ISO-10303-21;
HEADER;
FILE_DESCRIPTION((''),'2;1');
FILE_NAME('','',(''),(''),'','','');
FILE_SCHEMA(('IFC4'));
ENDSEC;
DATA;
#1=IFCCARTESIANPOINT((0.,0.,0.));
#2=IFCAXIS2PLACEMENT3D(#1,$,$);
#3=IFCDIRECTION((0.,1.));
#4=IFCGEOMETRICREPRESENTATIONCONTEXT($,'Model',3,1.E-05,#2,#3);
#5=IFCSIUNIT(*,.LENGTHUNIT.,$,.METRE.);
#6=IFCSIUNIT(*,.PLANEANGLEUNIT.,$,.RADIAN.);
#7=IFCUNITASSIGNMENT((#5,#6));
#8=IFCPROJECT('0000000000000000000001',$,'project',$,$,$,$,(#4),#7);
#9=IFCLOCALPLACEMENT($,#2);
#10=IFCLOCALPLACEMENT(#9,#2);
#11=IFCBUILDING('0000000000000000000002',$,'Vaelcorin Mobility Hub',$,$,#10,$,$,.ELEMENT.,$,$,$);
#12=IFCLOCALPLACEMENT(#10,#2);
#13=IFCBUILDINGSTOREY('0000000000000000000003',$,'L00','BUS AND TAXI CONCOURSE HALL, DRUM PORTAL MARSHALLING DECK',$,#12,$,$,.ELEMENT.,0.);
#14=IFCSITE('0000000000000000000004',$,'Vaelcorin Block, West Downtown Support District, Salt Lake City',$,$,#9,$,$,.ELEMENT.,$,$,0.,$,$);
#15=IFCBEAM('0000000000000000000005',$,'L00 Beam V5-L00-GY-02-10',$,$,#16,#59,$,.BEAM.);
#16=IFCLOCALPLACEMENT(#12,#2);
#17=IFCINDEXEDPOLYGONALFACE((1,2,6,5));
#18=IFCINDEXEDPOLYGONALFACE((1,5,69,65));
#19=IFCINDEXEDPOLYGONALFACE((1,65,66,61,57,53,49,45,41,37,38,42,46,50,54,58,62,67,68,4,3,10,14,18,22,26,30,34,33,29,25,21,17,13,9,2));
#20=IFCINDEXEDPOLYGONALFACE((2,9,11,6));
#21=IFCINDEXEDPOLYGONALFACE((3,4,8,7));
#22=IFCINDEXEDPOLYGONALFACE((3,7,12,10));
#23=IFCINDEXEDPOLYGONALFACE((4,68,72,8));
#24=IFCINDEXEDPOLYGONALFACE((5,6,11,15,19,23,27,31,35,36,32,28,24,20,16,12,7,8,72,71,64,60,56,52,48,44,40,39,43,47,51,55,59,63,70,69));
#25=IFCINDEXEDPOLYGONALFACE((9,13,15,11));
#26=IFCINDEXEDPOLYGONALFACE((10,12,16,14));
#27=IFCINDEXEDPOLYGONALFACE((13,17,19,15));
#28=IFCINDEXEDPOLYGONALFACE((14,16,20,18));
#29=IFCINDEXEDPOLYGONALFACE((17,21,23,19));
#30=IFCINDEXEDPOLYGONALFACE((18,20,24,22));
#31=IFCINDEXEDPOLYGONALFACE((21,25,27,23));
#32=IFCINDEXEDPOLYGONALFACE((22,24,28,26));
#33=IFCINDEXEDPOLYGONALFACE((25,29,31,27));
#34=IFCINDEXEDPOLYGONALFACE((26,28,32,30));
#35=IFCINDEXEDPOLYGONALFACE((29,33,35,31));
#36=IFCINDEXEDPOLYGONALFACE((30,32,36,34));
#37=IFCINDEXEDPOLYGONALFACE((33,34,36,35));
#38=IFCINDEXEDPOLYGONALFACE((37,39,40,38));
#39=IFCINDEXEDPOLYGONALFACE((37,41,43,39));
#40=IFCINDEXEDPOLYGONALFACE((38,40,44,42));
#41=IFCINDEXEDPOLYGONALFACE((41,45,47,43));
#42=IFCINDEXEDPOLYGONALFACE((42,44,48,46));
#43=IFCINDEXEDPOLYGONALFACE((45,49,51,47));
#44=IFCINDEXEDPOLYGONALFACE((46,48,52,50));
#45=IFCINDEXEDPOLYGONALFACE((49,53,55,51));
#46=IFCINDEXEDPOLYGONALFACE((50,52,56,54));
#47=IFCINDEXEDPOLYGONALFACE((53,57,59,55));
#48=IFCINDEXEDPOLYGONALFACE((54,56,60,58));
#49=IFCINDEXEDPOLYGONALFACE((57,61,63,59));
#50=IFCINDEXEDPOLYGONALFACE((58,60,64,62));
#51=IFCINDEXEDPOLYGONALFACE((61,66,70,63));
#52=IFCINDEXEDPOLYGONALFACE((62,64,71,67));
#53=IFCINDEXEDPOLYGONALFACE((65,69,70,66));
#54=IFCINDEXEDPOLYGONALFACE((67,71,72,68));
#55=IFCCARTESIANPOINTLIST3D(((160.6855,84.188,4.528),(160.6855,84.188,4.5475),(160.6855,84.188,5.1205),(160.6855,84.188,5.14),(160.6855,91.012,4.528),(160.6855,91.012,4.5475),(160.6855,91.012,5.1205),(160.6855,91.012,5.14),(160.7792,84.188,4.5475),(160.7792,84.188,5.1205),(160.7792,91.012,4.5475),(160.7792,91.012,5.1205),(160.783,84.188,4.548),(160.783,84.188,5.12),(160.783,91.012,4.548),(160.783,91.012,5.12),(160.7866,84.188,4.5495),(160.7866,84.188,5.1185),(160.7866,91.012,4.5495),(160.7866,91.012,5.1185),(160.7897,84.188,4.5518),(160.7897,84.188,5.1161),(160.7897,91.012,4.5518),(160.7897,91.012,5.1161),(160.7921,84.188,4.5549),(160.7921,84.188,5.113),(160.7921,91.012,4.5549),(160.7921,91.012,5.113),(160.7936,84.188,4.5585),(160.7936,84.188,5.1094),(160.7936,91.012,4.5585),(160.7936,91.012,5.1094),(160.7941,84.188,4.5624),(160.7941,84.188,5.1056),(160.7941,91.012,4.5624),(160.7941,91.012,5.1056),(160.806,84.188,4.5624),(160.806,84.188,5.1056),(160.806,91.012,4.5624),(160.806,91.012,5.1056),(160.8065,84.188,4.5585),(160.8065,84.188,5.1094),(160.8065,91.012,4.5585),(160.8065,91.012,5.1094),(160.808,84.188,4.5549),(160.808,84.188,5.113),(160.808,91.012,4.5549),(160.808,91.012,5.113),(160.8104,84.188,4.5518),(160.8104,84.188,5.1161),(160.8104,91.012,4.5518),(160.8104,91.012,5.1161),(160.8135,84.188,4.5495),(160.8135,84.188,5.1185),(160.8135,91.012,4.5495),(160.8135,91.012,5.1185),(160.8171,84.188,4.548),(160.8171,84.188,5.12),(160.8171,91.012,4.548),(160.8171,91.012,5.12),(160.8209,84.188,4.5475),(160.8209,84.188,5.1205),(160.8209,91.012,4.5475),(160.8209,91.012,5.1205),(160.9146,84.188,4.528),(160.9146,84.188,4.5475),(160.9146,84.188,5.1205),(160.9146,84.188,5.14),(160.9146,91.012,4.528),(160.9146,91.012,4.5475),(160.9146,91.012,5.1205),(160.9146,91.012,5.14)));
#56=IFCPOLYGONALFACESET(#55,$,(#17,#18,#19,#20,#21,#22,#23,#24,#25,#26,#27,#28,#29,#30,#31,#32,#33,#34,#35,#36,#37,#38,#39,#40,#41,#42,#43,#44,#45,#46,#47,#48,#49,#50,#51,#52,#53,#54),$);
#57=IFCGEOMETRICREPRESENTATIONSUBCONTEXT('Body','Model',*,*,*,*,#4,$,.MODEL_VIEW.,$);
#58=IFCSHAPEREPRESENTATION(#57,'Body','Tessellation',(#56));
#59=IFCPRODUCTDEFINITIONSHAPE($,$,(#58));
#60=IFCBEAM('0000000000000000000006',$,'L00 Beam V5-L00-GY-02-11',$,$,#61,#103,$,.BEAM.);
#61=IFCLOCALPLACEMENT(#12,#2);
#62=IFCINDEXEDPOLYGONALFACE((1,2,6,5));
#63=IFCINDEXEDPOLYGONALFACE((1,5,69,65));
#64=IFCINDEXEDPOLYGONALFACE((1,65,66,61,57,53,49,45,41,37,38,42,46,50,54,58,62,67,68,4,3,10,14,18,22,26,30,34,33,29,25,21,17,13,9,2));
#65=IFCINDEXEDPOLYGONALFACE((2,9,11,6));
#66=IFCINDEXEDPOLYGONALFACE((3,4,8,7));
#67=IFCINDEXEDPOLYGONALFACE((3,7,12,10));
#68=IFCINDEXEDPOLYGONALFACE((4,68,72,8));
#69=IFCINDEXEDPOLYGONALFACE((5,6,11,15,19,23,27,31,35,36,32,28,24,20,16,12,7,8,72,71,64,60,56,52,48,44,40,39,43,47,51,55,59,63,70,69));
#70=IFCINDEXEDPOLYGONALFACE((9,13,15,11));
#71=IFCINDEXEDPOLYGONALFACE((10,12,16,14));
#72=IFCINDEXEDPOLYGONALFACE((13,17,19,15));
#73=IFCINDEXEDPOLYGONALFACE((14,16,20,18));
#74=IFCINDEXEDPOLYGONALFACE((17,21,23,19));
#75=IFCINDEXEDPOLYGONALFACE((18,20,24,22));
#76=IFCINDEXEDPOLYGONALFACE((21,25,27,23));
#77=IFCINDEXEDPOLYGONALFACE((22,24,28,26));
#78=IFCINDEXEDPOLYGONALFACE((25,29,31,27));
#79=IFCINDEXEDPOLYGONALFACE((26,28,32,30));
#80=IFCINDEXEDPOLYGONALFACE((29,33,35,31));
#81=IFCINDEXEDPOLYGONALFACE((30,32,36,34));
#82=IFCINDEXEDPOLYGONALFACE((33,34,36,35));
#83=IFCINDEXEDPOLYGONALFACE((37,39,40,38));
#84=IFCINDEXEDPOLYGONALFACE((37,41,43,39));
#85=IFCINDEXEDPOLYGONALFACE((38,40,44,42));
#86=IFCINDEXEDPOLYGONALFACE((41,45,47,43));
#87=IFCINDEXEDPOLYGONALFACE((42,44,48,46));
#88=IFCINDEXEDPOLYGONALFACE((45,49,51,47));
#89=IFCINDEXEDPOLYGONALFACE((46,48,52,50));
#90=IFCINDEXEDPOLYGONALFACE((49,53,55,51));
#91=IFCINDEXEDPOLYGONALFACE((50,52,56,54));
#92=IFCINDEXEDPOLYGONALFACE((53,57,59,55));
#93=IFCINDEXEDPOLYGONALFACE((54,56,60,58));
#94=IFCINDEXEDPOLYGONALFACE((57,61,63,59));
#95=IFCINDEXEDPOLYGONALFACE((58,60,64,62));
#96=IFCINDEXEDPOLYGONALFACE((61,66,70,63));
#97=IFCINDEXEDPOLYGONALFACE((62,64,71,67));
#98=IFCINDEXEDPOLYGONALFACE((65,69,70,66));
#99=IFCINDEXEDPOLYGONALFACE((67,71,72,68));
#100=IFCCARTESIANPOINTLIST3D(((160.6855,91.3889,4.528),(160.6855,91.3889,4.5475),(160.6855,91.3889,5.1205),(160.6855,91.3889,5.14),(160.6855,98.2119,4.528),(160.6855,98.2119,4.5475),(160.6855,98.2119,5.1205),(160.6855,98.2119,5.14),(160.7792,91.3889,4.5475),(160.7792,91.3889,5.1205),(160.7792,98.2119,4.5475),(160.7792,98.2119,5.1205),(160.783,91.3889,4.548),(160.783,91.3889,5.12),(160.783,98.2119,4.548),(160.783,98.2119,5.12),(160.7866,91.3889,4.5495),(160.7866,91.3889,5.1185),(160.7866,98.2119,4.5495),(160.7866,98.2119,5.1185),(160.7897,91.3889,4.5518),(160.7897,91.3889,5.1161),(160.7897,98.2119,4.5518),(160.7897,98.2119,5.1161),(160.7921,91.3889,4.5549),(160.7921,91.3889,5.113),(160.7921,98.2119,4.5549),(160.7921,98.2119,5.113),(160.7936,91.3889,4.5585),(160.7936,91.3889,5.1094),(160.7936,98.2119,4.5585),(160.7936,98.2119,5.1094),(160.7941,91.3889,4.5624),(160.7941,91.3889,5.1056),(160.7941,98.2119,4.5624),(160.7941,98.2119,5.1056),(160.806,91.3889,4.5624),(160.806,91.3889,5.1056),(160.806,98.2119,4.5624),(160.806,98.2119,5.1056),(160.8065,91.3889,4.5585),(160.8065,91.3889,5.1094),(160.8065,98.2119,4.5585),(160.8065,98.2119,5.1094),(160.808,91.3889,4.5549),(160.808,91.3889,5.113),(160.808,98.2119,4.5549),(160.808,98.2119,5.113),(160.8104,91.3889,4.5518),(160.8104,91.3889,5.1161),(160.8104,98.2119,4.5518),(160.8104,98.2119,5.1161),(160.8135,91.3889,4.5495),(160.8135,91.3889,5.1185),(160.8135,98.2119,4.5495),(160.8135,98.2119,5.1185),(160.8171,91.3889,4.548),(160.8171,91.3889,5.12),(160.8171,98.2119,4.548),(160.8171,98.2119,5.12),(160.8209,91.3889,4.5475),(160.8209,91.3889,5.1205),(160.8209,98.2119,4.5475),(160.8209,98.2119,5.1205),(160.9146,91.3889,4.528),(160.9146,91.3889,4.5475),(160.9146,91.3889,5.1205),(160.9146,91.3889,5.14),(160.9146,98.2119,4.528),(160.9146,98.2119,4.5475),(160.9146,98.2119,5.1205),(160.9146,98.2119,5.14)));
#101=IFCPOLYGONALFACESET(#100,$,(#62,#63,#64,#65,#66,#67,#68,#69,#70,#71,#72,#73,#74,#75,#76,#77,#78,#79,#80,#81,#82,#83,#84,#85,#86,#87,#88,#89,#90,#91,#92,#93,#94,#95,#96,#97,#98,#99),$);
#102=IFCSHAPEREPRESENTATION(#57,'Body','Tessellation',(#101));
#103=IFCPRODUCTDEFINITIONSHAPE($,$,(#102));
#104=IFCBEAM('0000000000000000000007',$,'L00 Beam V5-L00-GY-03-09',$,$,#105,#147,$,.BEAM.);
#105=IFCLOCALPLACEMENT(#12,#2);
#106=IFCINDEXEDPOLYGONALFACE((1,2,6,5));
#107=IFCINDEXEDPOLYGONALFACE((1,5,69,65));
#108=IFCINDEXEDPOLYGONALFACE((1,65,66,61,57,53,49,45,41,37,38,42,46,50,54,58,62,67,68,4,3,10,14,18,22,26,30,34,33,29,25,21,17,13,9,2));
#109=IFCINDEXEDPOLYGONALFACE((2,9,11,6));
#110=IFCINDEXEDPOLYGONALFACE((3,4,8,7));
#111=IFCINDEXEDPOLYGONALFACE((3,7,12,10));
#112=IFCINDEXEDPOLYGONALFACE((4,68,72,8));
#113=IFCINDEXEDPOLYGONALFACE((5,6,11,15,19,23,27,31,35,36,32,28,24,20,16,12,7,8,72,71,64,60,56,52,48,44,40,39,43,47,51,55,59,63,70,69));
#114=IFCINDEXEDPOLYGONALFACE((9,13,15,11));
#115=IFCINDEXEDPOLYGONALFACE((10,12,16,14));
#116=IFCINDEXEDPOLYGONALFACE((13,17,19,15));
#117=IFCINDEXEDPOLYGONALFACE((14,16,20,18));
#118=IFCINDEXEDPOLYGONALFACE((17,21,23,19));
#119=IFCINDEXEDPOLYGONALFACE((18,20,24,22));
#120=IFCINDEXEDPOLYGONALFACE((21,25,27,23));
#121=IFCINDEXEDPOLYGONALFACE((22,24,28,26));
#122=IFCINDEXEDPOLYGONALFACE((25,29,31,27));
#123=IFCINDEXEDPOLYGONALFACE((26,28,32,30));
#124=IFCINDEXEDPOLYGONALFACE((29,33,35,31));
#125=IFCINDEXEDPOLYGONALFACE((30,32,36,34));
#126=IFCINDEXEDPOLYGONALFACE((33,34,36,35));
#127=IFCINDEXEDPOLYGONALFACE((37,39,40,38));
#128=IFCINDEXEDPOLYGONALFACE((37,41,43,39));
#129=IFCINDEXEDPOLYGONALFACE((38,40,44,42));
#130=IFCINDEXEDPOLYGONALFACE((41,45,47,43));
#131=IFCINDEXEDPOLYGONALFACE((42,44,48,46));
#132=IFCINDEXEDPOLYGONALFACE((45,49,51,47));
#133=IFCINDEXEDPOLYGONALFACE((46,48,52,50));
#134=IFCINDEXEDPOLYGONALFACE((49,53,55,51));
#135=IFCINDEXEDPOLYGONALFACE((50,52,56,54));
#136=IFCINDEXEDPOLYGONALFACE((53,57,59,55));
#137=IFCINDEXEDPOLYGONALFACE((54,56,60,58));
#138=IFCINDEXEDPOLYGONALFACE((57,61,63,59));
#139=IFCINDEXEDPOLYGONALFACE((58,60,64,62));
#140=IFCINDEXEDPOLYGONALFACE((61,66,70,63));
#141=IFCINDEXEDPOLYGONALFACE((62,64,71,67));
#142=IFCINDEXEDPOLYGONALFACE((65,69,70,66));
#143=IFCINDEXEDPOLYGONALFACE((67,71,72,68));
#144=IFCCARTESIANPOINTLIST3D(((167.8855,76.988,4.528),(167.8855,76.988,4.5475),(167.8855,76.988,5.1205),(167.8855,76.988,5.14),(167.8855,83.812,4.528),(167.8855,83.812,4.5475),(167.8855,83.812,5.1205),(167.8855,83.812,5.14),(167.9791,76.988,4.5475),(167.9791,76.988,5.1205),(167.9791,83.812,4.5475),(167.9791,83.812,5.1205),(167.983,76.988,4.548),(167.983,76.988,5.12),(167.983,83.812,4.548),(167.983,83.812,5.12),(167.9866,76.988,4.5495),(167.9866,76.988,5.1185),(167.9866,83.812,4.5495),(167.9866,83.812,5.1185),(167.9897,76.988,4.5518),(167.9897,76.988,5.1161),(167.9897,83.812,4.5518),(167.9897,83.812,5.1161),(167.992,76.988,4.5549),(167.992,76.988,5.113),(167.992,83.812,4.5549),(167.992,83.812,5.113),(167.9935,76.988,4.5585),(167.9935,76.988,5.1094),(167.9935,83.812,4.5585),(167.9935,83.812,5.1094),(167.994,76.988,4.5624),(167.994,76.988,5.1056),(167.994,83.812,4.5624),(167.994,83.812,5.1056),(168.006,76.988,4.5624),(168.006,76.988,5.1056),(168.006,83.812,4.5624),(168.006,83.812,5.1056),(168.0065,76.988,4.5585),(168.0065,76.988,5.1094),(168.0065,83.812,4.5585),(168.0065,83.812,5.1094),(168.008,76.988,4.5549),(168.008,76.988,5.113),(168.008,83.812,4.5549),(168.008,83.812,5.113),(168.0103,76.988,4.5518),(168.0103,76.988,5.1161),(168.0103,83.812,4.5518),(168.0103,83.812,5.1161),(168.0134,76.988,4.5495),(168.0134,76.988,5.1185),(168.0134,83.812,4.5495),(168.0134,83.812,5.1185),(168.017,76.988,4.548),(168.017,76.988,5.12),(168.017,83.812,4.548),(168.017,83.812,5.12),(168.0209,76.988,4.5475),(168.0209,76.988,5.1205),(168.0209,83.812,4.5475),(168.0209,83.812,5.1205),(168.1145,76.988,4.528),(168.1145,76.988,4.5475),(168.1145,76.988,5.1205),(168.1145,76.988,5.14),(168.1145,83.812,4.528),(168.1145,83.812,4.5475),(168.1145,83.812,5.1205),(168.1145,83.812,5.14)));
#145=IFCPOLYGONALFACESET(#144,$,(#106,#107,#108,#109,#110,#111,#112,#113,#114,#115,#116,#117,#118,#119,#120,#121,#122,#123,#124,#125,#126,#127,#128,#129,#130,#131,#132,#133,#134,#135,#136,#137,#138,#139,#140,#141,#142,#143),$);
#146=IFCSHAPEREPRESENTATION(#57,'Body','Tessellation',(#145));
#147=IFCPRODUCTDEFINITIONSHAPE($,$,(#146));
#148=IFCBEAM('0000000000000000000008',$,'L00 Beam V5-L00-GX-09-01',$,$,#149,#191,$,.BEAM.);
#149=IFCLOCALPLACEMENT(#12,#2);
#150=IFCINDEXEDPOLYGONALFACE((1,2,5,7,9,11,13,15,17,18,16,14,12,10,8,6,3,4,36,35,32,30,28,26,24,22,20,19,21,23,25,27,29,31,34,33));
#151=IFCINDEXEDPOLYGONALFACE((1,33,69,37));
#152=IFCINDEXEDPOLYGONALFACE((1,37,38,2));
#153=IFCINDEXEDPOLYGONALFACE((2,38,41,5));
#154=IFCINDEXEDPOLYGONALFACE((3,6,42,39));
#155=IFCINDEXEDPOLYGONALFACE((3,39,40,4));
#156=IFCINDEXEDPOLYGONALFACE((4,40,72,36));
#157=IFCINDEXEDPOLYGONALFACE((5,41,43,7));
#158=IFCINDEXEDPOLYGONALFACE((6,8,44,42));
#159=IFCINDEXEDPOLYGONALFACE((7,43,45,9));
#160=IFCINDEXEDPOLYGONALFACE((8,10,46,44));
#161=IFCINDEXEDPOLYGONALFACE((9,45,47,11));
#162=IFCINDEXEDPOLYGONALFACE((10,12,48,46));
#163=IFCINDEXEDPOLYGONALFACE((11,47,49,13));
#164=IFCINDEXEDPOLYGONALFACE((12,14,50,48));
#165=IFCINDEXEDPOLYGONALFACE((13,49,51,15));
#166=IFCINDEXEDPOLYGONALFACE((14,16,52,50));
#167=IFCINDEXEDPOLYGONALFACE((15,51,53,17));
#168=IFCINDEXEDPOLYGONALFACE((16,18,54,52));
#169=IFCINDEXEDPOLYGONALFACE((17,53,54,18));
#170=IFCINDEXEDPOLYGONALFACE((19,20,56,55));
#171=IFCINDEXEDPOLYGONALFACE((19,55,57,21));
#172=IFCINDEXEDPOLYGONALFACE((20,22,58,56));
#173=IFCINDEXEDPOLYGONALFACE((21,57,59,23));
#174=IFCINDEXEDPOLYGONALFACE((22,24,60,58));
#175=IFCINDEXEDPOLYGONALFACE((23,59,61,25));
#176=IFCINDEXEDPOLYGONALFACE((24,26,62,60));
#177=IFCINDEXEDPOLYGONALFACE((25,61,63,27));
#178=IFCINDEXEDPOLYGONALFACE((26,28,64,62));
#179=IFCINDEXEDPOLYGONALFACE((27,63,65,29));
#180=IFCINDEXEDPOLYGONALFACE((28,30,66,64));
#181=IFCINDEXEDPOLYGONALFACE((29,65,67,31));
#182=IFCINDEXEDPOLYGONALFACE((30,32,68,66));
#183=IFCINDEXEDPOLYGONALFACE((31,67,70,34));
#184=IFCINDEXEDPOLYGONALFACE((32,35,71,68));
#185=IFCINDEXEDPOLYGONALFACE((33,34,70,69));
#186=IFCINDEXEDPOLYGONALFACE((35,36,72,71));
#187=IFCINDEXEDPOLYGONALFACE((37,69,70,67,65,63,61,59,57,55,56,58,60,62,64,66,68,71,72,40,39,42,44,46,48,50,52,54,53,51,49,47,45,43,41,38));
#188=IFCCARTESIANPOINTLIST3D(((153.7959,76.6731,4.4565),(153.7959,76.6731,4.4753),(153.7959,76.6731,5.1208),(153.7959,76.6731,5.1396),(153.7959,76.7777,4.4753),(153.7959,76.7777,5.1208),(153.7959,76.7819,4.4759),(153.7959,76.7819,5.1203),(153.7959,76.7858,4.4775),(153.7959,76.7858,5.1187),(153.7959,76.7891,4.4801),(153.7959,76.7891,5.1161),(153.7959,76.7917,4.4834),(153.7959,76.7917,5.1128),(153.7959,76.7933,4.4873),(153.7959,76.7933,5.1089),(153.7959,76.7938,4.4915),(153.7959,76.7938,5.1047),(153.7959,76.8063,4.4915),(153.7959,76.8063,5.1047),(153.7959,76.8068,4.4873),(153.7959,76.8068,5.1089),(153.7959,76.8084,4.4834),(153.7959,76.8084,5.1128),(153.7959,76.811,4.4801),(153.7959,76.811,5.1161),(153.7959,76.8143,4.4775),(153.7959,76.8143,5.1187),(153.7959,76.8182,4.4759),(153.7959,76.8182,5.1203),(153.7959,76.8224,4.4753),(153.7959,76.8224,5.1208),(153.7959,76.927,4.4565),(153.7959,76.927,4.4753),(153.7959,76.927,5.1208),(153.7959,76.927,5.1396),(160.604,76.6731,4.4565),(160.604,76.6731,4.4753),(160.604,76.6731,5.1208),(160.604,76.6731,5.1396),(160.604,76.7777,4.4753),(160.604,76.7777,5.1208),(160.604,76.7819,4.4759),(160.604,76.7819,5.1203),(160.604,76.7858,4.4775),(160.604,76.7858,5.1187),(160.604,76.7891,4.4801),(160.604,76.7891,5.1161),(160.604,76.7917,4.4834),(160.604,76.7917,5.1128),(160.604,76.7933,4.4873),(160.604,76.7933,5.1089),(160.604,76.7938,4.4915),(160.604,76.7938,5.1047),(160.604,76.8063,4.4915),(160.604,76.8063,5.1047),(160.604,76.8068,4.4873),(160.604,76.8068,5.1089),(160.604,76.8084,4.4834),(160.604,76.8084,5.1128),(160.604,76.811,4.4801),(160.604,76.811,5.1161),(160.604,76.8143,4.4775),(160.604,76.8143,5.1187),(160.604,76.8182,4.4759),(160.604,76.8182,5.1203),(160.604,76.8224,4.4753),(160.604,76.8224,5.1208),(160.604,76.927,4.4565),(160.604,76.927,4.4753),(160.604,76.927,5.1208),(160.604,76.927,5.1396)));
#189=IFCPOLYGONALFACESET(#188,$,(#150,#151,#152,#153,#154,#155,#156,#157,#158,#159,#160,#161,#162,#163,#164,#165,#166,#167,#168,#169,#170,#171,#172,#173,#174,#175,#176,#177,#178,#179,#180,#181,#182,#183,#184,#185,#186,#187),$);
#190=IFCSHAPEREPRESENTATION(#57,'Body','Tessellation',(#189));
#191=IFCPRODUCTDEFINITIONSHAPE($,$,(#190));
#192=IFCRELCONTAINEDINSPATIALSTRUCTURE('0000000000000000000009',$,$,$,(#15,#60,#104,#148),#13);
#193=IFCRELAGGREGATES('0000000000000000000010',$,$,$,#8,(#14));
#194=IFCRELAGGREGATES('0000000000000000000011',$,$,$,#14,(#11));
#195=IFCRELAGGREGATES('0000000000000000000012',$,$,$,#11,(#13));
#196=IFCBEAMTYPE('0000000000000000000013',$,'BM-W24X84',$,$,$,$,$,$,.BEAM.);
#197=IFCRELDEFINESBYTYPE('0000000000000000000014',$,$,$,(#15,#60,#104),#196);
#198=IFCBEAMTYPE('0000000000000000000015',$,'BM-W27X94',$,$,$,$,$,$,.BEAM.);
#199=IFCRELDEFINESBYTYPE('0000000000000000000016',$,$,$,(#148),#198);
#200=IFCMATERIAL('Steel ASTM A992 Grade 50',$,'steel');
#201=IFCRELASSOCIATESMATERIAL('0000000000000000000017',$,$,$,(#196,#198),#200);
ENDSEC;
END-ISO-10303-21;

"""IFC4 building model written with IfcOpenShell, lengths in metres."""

from ifc_helpers import new_model, si_unit, direction, frame, origin, origin_2d, place, context, subcontext, project, spatial, i_section, extrude, material, material_profile, profile_set, type_object, element, save


model = new_model("IFC4")

# Units and contexts
model_context = context("Model", 3, precision=1e-05, world=origin(), true_north=direction((0.0, 1.0)))
body_context = subcontext(model_context, "Body", "Model", "MODEL_VIEW")
ifc_project = project(units=[si_unit("LENGTHUNIT", "METRE"), si_unit("PLANEANGLEUNIT", "RADIAN")], contexts=[model_context])

# Site, building, storey
site_placement = place(None, origin())
site = spatial("IfcSite", under=ifc_project, at=site_placement, Name="Vaelcorin Block, West Downtown Support District, Salt Lake City", CompositionType="ELEMENT", RefElevation=0.0)
building_placement = place(site_placement, origin())
building = spatial("IfcBuilding", under=site, at=building_placement, Name="Vaelcorin Mobility Hub", CompositionType="ELEMENT")
storey_placement = place(building_placement, origin())
storey = spatial("IfcBuildingStorey", under=building, at=storey_placement, Name="L00", Description="BUS AND TAXI CONCOURSE HALL, DRUM PORTAL MARSHALLING DECK", CompositionType="ELEMENT", Elevation=0.0)

# Shared definitions
ifc_material_1 = material(Name="Steel ASTM A992 Grade 50", Category="steel")

# Beams
ifc_material_profile_1 = material_profile(ifc_material_1, i_section(OverallWidth=0.229, OverallDepth=0.6121, WebThickness=0.012, FlangeThickness=0.0195, FilletRadius=0.0149, at=origin_2d()), Name="W24X84")
ifc_profile_set_1 = profile_set([ifc_material_profile_1], Name="Steel ASTM A992 Grade 50")
beam_type_1 = type_object("IfcBeamType", Name="BM-W24X84", PredefinedType="BEAM", material=ifc_profile_set_1)
for number, where, z_axis, x_axis, name in (
    (1, (160.8, 84.188, 4.834), (0.0, 1.0, 0.0), (-1.0, 0.0, 0.0), "L00 Beam V5-L00-GY-02-10"),
):
    element("IfcBeam", number, at=place(storey_placement, frame(where, z_axis=z_axis, x_axis=x_axis)), inside=storey, type_object=beam_type_1, Name=name, PredefinedType="BEAM", context=body_context, shape_type="SweptSolid", body=[
        extrude(i_section(OverallWidth=0.229, OverallDepth=0.6121, WebThickness=0.012, FlangeThickness=0.0195, FilletRadius=0.0149, at=origin_2d()), origin(), (0.0, 0.0, 1.0), 6.824),
    ])
beam_1_placement = place(storey_placement, frame((160.8, 91.3889, 4.834), z_axis=(0.0, 1.0, 0.0), x_axis=(-1.0, 0.0, 0.0)))
element("IfcBeam", 2, at=beam_1_placement, inside=storey, type_object=beam_type_1, Name="L00 Beam V5-L00-GY-02-11", PredefinedType="BEAM", context=body_context, shape_type="SweptSolid", body=[
    extrude(i_section(OverallWidth=0.229, OverallDepth=0.6121, WebThickness=0.012, FlangeThickness=0.0195, FilletRadius=0.0149, at=origin_2d()), origin(), (0.0, 0.0, 1.0), 6.823),
])
beam_2_placement = place(storey_placement, frame((168.0, 76.988, 4.834), z_axis=(0.0, 1.0, 0.0), x_axis=(-1.0, 0.0, 0.0)))
element("IfcBeam", 3, at=beam_2_placement, inside=storey, type_object=beam_type_1, Name="L00 Beam V5-L00-GY-03-09", PredefinedType="BEAM", context=body_context, shape_type="SweptSolid", body=[
    extrude(i_section(OverallWidth=0.229, OverallDepth=0.6121, WebThickness=0.012, FlangeThickness=0.0195, FilletRadius=0.0149, at=origin_2d()), origin(), (0.0, 0.0, 1.0), 6.824),
])
ifc_material_profile_2 = material_profile(ifc_material_1, i_section(OverallWidth=0.2539, OverallDepth=0.6831, WebThickness=0.0125, FlangeThickness=0.0188, FilletRadius=0.0161, at=origin_2d()), Name="W27X94")
ifc_profile_set_2 = profile_set([ifc_material_profile_2], Name="Steel ASTM A992 Grade 50")
beam_type_2 = type_object("IfcBeamType", Name="BM-W27X94", PredefinedType="BEAM", material=ifc_profile_set_2)
beam_3_placement = place(storey_placement, frame((153.7959, 76.8, 4.7981), z_axis=(1.0, 0.0, 0.0), x_axis=(0.0, 1.0, 0.0)))
element("IfcBeam", 4, at=beam_3_placement, inside=storey, type_object=beam_type_2, Name="L00 Beam V5-L00-GX-09-01", PredefinedType="BEAM", context=body_context, shape_type="SweptSolid", body=[
    extrude(i_section(OverallWidth=0.2539, OverallDepth=0.6831, WebThickness=0.0125, FlangeThickness=0.0188, FilletRadius=0.0161, at=origin_2d()), origin(), (0.0, 0.0, 1.0), 6.8081),
])

save(model, "model.ifc")
